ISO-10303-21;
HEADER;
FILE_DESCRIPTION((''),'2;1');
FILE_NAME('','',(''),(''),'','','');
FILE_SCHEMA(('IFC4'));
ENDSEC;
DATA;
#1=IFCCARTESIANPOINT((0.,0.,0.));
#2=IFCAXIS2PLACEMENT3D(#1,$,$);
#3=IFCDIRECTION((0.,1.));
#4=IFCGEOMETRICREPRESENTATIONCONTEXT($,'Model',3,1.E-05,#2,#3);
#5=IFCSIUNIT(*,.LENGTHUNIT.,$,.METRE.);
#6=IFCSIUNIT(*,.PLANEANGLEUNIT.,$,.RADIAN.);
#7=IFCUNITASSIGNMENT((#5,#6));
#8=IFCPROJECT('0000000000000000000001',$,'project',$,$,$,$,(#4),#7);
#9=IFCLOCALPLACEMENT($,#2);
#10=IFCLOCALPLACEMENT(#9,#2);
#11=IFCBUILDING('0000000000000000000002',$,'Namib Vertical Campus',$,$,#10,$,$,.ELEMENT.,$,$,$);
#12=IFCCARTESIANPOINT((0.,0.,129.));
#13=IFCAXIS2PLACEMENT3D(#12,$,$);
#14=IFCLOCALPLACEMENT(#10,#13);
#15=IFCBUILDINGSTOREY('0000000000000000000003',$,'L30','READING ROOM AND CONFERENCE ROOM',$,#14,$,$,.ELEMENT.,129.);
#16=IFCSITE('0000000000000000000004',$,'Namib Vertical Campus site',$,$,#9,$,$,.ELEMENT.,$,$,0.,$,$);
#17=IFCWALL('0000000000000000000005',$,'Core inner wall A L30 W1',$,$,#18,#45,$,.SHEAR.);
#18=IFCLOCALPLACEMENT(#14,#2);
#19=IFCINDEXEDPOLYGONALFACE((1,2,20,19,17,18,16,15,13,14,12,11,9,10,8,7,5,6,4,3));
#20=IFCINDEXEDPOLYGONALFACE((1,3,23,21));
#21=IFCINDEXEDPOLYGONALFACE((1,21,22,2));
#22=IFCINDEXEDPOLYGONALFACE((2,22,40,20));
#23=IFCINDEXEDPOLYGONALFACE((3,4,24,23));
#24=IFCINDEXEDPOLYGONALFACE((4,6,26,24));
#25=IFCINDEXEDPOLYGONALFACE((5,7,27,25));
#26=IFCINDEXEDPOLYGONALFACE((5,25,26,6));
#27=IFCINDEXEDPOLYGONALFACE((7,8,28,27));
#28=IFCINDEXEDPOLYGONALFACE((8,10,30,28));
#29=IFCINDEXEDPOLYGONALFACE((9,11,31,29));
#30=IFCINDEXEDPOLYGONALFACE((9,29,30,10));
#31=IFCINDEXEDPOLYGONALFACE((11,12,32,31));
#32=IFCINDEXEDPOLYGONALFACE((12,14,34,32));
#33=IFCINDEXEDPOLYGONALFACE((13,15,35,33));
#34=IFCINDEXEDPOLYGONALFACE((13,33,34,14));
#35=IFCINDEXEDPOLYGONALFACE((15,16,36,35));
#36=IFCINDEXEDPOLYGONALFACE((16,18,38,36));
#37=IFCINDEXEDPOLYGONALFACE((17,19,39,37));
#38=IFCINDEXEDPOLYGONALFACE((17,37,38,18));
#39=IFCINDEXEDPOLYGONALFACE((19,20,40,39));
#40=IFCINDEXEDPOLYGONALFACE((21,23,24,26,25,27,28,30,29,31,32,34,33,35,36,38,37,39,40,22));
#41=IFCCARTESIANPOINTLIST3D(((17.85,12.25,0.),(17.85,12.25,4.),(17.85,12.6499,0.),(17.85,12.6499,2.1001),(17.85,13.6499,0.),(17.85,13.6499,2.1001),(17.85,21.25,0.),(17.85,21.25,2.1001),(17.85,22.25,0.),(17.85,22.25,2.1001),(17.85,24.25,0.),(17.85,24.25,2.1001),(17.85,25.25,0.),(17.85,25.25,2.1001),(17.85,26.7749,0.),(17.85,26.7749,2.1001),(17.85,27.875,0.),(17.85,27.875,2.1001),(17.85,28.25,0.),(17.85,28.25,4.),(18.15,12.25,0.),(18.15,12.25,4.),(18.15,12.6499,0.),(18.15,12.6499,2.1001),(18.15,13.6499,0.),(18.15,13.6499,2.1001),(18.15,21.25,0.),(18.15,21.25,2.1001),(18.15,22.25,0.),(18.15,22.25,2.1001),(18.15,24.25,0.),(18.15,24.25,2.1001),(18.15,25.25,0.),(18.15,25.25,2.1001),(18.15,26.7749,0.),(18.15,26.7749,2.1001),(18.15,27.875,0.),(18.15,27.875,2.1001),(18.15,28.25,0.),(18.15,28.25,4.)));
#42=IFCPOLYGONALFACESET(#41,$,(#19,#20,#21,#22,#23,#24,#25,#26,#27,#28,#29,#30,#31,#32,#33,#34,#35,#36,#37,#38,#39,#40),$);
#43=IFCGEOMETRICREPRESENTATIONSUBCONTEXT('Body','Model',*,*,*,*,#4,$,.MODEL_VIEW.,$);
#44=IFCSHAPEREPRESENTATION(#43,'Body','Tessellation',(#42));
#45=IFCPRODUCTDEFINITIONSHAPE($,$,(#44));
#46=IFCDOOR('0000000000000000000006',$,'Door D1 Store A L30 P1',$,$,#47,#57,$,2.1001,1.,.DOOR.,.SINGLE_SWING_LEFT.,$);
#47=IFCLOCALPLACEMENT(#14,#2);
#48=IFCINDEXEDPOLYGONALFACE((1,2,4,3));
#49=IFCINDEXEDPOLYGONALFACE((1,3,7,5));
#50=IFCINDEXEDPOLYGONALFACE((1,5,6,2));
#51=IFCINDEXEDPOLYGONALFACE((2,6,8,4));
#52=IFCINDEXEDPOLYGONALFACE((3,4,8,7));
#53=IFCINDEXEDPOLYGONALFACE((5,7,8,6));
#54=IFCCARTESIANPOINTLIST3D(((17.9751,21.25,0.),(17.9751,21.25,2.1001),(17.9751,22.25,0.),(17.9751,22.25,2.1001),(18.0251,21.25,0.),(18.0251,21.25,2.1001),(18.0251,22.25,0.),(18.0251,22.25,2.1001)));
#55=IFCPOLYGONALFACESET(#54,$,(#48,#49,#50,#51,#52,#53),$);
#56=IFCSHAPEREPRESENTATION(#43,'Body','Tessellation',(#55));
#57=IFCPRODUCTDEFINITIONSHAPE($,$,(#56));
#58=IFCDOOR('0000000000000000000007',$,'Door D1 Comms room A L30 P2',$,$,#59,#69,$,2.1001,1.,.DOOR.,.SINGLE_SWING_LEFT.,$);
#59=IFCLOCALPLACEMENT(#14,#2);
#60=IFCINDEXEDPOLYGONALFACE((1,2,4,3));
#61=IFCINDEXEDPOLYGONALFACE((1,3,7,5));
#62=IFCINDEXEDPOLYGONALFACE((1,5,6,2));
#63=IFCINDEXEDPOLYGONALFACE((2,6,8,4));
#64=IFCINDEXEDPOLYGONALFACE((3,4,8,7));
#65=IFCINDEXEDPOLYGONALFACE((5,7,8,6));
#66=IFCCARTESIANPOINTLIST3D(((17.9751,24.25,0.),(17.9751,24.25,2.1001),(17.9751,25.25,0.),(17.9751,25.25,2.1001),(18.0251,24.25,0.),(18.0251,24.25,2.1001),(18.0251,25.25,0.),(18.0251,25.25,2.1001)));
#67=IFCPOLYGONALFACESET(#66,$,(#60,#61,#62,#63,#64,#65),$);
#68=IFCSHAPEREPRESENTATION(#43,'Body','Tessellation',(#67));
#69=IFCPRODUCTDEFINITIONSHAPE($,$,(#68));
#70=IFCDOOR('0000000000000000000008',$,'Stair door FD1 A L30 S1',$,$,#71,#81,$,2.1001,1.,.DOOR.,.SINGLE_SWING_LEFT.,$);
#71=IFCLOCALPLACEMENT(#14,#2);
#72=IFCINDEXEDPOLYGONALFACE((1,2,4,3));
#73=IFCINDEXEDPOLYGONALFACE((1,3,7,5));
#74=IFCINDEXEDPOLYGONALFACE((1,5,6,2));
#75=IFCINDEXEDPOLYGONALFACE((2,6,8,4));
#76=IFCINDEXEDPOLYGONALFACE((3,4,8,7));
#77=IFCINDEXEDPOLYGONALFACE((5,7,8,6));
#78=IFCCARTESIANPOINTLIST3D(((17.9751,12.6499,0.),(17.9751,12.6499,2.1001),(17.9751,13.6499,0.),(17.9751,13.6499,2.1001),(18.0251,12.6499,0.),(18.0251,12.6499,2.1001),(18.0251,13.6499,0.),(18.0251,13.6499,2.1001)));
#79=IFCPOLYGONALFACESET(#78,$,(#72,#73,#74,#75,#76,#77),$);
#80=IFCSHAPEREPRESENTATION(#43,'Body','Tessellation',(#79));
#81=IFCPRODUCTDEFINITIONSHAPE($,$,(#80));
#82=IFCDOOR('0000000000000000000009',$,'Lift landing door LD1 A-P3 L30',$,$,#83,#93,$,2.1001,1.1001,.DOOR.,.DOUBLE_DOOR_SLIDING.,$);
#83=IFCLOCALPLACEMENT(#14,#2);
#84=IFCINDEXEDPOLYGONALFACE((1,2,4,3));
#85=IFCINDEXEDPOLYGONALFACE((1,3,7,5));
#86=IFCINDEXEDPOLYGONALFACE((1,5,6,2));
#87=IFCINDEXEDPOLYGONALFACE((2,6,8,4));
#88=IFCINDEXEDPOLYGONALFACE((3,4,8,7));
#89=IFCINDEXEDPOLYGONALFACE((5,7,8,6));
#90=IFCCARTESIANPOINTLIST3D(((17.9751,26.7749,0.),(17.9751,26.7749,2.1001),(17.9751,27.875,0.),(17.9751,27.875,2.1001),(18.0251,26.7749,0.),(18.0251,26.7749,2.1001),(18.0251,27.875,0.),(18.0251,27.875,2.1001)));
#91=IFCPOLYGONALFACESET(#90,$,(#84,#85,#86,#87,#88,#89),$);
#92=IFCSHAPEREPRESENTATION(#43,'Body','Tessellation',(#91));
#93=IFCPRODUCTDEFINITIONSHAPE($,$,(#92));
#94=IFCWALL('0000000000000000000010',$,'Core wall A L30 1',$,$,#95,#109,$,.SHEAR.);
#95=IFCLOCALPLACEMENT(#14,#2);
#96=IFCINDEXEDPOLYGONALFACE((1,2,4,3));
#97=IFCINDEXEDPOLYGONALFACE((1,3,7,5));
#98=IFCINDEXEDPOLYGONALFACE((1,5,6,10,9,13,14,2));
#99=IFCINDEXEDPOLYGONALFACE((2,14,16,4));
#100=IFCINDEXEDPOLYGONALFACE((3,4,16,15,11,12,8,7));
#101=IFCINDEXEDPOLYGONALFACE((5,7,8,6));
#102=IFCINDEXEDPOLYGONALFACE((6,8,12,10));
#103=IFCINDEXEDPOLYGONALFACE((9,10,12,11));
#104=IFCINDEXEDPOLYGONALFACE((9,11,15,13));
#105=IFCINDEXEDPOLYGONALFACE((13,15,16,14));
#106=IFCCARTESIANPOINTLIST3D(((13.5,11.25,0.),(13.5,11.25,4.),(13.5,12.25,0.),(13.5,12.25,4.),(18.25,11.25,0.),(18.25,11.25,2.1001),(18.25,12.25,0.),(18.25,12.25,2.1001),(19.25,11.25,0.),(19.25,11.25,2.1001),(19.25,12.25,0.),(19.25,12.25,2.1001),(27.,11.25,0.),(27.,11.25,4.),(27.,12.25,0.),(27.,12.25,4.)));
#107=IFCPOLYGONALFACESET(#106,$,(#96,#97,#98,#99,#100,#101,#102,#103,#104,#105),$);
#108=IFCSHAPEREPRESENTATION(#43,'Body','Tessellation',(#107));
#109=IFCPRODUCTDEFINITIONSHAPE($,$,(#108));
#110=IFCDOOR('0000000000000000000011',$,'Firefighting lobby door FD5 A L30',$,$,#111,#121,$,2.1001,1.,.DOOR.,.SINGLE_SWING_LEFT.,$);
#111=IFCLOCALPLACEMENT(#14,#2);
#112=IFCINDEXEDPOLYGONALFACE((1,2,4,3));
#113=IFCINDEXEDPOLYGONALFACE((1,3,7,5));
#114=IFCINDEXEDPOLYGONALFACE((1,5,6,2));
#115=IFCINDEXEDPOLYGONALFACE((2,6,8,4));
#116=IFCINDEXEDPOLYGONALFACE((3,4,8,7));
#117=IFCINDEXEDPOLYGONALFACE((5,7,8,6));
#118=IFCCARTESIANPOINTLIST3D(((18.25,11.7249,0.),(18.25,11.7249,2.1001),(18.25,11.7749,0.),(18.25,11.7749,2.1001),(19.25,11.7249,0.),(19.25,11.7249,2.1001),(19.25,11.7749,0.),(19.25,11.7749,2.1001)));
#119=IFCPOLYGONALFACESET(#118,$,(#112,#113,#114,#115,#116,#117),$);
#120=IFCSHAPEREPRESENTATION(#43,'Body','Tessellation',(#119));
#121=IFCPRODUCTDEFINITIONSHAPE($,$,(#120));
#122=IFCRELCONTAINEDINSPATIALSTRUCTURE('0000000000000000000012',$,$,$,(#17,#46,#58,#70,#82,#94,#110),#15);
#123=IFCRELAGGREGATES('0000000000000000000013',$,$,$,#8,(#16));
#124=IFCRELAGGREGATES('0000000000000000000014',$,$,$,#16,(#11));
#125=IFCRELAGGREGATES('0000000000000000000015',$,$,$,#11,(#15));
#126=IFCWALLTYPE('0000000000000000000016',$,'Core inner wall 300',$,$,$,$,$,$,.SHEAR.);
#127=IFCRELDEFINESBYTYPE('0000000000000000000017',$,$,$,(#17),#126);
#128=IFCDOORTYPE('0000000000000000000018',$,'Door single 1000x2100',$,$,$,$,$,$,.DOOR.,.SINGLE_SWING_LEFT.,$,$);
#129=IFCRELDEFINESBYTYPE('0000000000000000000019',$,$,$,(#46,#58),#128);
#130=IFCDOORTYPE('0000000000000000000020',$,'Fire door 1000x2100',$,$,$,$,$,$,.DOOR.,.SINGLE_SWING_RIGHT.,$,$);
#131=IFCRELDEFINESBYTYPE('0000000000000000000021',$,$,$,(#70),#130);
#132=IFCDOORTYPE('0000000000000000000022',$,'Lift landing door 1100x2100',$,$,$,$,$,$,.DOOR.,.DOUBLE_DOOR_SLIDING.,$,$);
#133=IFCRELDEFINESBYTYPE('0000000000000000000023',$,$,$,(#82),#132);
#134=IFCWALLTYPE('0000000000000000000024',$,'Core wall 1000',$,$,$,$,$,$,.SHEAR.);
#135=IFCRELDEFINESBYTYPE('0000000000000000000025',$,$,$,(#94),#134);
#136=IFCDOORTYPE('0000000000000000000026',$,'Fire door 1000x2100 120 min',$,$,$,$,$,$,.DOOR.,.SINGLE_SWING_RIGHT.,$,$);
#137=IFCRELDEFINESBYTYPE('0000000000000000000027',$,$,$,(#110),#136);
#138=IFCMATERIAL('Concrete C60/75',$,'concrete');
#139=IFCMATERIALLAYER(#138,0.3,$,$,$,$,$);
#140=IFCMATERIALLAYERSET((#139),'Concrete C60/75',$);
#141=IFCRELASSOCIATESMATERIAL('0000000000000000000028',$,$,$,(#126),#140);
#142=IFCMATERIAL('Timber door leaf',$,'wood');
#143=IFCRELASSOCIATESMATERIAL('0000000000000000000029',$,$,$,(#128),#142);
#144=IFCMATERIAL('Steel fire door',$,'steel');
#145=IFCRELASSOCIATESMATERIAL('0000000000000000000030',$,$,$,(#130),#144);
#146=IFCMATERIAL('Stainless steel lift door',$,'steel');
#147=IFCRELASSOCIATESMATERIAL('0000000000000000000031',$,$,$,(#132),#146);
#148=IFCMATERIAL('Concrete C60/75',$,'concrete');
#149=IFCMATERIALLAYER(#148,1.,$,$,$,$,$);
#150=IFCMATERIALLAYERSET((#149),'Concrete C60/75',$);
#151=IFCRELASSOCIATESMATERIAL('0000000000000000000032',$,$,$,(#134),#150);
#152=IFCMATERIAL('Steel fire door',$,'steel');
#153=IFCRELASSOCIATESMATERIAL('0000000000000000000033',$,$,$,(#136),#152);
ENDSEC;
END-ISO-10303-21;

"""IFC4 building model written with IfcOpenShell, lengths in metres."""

from ifc_helpers import new_model, si_unit, direction, frame, frame_2d, origin, place, context, subcontext, project, spatial, rectangle, extrude, material, layer, layer_set, type_object, element, fill, save


model = new_model("IFC4")

# Units and contexts
model_context = context("Model", 3, precision=1e-05, world=origin(), true_north=direction((0.0, 1.0)))
body_context = subcontext(model_context, "Body", "Model", "MODEL_VIEW")
ifc_project = project(units=[si_unit("LENGTHUNIT", "METRE"), si_unit("PLANEANGLEUNIT", "RADIAN")], contexts=[model_context])

# Site, building, storey
site_placement = place(None, origin())
site = spatial("IfcSite", under=ifc_project, at=site_placement, Name="Namib Vertical Campus site", CompositionType="ELEMENT", RefElevation=0.0)
building_placement = place(site_placement, origin())
building = spatial("IfcBuilding", under=site, at=building_placement, Name="Namib Vertical Campus", CompositionType="ELEMENT")
storey_placement = place(building_placement, frame((0.0, 0.0, 129.0)))
storey = spatial("IfcBuildingStorey", under=building, at=storey_placement, Name="L30", Description="READING ROOM AND CONFERENCE ROOM", CompositionType="ELEMENT", Elevation=129.0)

# Wall, openings, doors
ifc_material_1 = material(Name="Concrete C60/75", Category="concrete")
ifc_layer_1 = layer(ifc_material_1, 0.3)
ifc_layer_set_1 = layer_set([ifc_layer_1], Name="Concrete C60/75")
wall_type_1 = type_object("IfcWallType", Name="Core inner wall 300", PredefinedType="SHEAR", material=ifc_layer_set_1)
wall_1_placement = place(storey_placement, frame((18.0, 12.25, 0.0), z_axis=(0.0, 0.0, 1.0), x_axis=(0.0, 1.0, 0.0)))
wall_1 = element("IfcWall", 1, at=wall_1_placement, inside=storey, type_object=wall_type_1, Name="Core inner wall A L30 W1", PredefinedType="SHEAR", context=body_context, shape_type="SweptSolid", body=[
    extrude(rectangle(XDim=16.0, YDim=0.3, at=frame_2d((8.0, 0.0))), origin(), (0.0, 0.0, 1.0), 4.0),
])
opening_1_placement = place(wall_1_placement, frame((0.3999, 0.0, 0.0)))
opening_1 = element("IfcOpeningElement", 2, at=opening_1_placement, cuts=wall_1, PredefinedType="OPENING", context=body_context, shape_type="SweptSolid", body=[
    extrude(rectangle(XDim=1.0, YDim=2.1001, at=frame_2d((0.5, 1.05))), frame((0.0, 0.1599, 0.0), z_axis=(0.0, -1.0, 0.0), x_axis=(1.0, 0.0, 0.0)), (0.0, 0.0, 1.0), 0.3201),
])
opening_2_placement = place(wall_1_placement, frame((14.5249, 0.0, 0.0)))
opening_2 = element("IfcOpeningElement", 3, at=opening_2_placement, cuts=wall_1, PredefinedType="OPENING", context=body_context, shape_type="SweptSolid", body=[
    extrude(rectangle(XDim=1.1001, YDim=2.1001, at=frame_2d((0.55, 1.05))), frame((0.0, 0.1599, 0.0), z_axis=(0.0, -1.0, 0.0), x_axis=(1.0, 0.0, 0.0)), (0.0, 0.0, 1.0), 0.3201),
])
opening_3_placement = place(wall_1_placement, frame((9.0, 0.0, 0.0)))
opening_3 = element("IfcOpeningElement", 4, at=opening_3_placement, cuts=wall_1, PredefinedType="OPENING", context=body_context, shape_type="SweptSolid", body=[
    extrude(rectangle(XDim=1.0, YDim=2.1001, at=frame_2d((0.5, 1.05))), frame((0.0, 0.1599, 0.0), z_axis=(0.0, -1.0, 0.0), x_axis=(1.0, 0.0, 0.0)), (0.0, 0.0, 1.0), 0.3201),
])
opening_4_placement = place(wall_1_placement, frame((12.0, 0.0, 0.0)))
opening_4 = element("IfcOpeningElement", 5, at=opening_4_placement, cuts=wall_1, PredefinedType="OPENING", context=body_context, shape_type="SweptSolid", body=[
    extrude(rectangle(XDim=1.0, YDim=2.1001, at=frame_2d((0.5, 1.05))), frame((0.0, 0.1599, 0.0), z_axis=(0.0, -1.0, 0.0), x_axis=(1.0, 0.0, 0.0)), (0.0, 0.0, 1.0), 0.3201),
])
ifc_material_2 = material(Name="Timber door leaf", Category="wood")
door_type_1 = type_object("IfcDoorType", Name="Door single 1000x2100", OperationType="SINGLE_SWING_LEFT", PredefinedType="DOOR", material=ifc_material_2)
door_1_placement = place(opening_3_placement, origin())
door_1 = element("IfcDoor", 6, at=door_1_placement, inside=storey, type_object=door_type_1, Name="Door D1 Store A L30 P1", OperationType="SINGLE_SWING_LEFT", OverallHeight=2.1001, OverallWidth=1.0, PredefinedType="DOOR", context=body_context, shape_type="SweptSolid", body=[
    extrude(rectangle(XDim=1.0, YDim=2.1001, at=frame_2d((0.5, 1.05))), frame((0.0, 0.0249, 0.0), z_axis=(0.0, -1.0, 0.0), x_axis=(1.0, 0.0, 0.0)), (0.0, 0.0, 1.0), 0.05),
])
fill(opening_3, door_1)
door_2_placement = place(opening_4_placement, origin())
door_2 = element("IfcDoor", 7, at=door_2_placement, inside=storey, type_object=door_type_1, Name="Door D1 Comms room A L30 P2", OperationType="SINGLE_SWING_LEFT", OverallHeight=2.1001, OverallWidth=1.0, PredefinedType="DOOR", context=body_context, shape_type="SweptSolid", body=[
    extrude(rectangle(XDim=1.0, YDim=2.1001, at=frame_2d((0.5, 1.05))), frame((0.0, 0.0249, 0.0), z_axis=(0.0, -1.0, 0.0), x_axis=(1.0, 0.0, 0.0)), (0.0, 0.0, 1.0), 0.05),
])
fill(opening_4, door_2)
ifc_material_3 = material(Name="Steel fire door", Category="steel")
door_type_2 = type_object("IfcDoorType", Name="Fire door 1000x2100", OperationType="SINGLE_SWING_RIGHT", PredefinedType="DOOR", material=ifc_material_3)
door_3_placement = place(opening_1_placement, origin())
door_3 = element("IfcDoor", 8, at=door_3_placement, inside=storey, type_object=door_type_2, Name="Stair door FD1 A L30 S1", OperationType="SINGLE_SWING_LEFT", OverallHeight=2.1001, OverallWidth=1.0, PredefinedType="DOOR", context=body_context, shape_type="SweptSolid", body=[
    extrude(rectangle(XDim=1.0, YDim=2.1001, at=frame_2d((0.5, 1.05))), frame((0.0, 0.0249, 0.0), z_axis=(0.0, -1.0, 0.0), x_axis=(1.0, 0.0, 0.0)), (0.0, 0.0, 1.0), 0.05),
])
fill(opening_1, door_3)
ifc_material_4 = material(Name="Stainless steel lift door", Category="steel")
door_type_3 = type_object("IfcDoorType", Name="Lift landing door 1100x2100", OperationType="DOUBLE_DOOR_SLIDING", PredefinedType="DOOR", material=ifc_material_4)
door_4_placement = place(opening_2_placement, origin())
door_4 = element("IfcDoor", 9, at=door_4_placement, inside=storey, type_object=door_type_3, Name="Lift landing door LD1 A-P3 L30", OperationType="DOUBLE_DOOR_SLIDING", OverallHeight=2.1001, OverallWidth=1.1001, PredefinedType="DOOR", context=body_context, shape_type="SweptSolid", body=[
    extrude(rectangle(XDim=1.1001, YDim=2.1001, at=frame_2d((0.55, 1.05))), frame((0.0, 0.0249, 0.0), z_axis=(0.0, -1.0, 0.0), x_axis=(1.0, 0.0, 0.0)), (0.0, 0.0, 1.0), 0.05),
])
fill(opening_2, door_4)

# Wall, opening, door
ifc_material_5 = material(Name="Concrete C60/75", Category="concrete")
ifc_layer_2 = layer(ifc_material_5, 1.0)
ifc_layer_set_2 = layer_set([ifc_layer_2], Name="Concrete C60/75")
wall_type_2 = type_object("IfcWallType", Name="Core wall 1000", PredefinedType="SHEAR", material=ifc_layer_set_2)
wall_2_placement = place(storey_placement, frame((13.5, 11.75, 0.0), z_axis=(0.0, 0.0, 1.0), x_axis=(1.0, 0.0, 0.0)))
wall_2 = element("IfcWall", 10, at=wall_2_placement, inside=storey, type_object=wall_type_2, Name="Core wall A L30 1", PredefinedType="SHEAR", context=body_context, shape_type="SweptSolid", body=[
    extrude(rectangle(XDim=13.5, YDim=1.0, at=frame_2d((6.75, 0.0))), origin(), (0.0, 0.0, 1.0), 4.0),
])
opening_5_placement = place(wall_2_placement, frame((4.75, 0.0, 0.0)))
opening_5 = element("IfcOpeningElement", 11, at=opening_5_placement, cuts=wall_2, PredefinedType="OPENING", context=body_context, shape_type="SweptSolid", body=[
    extrude(rectangle(XDim=1.0, YDim=2.1001, at=frame_2d((0.5, 1.05))), frame((0.0, 0.51, 0.0), z_axis=(0.0, -1.0, 0.0), x_axis=(1.0, 0.0, 0.0)), (0.0, 0.0, 1.0), 1.02),
])
ifc_material_6 = material(Name="Steel fire door", Category="steel")
door_type_4 = type_object("IfcDoorType", Name="Fire door 1000x2100 120 min", OperationType="SINGLE_SWING_RIGHT", PredefinedType="DOOR", material=ifc_material_6)
door_5_placement = place(opening_5_placement, origin())
door_5 = element("IfcDoor", 12, at=door_5_placement, inside=storey, type_object=door_type_4, Name="Firefighting lobby door FD5 A L30", OperationType="SINGLE_SWING_LEFT", OverallHeight=2.1001, OverallWidth=1.0, PredefinedType="DOOR", context=body_context, shape_type="SweptSolid", body=[
    extrude(rectangle(XDim=1.0, YDim=2.1001, at=frame_2d((0.5, 1.05))), frame((0.0, 0.0249, 0.0), z_axis=(0.0, -1.0, 0.0), x_axis=(1.0, 0.0, 0.0)), (0.0, 0.0, 1.0), 0.05),
])
fill(opening_5, door_5)

save(model, "model.ifc")
